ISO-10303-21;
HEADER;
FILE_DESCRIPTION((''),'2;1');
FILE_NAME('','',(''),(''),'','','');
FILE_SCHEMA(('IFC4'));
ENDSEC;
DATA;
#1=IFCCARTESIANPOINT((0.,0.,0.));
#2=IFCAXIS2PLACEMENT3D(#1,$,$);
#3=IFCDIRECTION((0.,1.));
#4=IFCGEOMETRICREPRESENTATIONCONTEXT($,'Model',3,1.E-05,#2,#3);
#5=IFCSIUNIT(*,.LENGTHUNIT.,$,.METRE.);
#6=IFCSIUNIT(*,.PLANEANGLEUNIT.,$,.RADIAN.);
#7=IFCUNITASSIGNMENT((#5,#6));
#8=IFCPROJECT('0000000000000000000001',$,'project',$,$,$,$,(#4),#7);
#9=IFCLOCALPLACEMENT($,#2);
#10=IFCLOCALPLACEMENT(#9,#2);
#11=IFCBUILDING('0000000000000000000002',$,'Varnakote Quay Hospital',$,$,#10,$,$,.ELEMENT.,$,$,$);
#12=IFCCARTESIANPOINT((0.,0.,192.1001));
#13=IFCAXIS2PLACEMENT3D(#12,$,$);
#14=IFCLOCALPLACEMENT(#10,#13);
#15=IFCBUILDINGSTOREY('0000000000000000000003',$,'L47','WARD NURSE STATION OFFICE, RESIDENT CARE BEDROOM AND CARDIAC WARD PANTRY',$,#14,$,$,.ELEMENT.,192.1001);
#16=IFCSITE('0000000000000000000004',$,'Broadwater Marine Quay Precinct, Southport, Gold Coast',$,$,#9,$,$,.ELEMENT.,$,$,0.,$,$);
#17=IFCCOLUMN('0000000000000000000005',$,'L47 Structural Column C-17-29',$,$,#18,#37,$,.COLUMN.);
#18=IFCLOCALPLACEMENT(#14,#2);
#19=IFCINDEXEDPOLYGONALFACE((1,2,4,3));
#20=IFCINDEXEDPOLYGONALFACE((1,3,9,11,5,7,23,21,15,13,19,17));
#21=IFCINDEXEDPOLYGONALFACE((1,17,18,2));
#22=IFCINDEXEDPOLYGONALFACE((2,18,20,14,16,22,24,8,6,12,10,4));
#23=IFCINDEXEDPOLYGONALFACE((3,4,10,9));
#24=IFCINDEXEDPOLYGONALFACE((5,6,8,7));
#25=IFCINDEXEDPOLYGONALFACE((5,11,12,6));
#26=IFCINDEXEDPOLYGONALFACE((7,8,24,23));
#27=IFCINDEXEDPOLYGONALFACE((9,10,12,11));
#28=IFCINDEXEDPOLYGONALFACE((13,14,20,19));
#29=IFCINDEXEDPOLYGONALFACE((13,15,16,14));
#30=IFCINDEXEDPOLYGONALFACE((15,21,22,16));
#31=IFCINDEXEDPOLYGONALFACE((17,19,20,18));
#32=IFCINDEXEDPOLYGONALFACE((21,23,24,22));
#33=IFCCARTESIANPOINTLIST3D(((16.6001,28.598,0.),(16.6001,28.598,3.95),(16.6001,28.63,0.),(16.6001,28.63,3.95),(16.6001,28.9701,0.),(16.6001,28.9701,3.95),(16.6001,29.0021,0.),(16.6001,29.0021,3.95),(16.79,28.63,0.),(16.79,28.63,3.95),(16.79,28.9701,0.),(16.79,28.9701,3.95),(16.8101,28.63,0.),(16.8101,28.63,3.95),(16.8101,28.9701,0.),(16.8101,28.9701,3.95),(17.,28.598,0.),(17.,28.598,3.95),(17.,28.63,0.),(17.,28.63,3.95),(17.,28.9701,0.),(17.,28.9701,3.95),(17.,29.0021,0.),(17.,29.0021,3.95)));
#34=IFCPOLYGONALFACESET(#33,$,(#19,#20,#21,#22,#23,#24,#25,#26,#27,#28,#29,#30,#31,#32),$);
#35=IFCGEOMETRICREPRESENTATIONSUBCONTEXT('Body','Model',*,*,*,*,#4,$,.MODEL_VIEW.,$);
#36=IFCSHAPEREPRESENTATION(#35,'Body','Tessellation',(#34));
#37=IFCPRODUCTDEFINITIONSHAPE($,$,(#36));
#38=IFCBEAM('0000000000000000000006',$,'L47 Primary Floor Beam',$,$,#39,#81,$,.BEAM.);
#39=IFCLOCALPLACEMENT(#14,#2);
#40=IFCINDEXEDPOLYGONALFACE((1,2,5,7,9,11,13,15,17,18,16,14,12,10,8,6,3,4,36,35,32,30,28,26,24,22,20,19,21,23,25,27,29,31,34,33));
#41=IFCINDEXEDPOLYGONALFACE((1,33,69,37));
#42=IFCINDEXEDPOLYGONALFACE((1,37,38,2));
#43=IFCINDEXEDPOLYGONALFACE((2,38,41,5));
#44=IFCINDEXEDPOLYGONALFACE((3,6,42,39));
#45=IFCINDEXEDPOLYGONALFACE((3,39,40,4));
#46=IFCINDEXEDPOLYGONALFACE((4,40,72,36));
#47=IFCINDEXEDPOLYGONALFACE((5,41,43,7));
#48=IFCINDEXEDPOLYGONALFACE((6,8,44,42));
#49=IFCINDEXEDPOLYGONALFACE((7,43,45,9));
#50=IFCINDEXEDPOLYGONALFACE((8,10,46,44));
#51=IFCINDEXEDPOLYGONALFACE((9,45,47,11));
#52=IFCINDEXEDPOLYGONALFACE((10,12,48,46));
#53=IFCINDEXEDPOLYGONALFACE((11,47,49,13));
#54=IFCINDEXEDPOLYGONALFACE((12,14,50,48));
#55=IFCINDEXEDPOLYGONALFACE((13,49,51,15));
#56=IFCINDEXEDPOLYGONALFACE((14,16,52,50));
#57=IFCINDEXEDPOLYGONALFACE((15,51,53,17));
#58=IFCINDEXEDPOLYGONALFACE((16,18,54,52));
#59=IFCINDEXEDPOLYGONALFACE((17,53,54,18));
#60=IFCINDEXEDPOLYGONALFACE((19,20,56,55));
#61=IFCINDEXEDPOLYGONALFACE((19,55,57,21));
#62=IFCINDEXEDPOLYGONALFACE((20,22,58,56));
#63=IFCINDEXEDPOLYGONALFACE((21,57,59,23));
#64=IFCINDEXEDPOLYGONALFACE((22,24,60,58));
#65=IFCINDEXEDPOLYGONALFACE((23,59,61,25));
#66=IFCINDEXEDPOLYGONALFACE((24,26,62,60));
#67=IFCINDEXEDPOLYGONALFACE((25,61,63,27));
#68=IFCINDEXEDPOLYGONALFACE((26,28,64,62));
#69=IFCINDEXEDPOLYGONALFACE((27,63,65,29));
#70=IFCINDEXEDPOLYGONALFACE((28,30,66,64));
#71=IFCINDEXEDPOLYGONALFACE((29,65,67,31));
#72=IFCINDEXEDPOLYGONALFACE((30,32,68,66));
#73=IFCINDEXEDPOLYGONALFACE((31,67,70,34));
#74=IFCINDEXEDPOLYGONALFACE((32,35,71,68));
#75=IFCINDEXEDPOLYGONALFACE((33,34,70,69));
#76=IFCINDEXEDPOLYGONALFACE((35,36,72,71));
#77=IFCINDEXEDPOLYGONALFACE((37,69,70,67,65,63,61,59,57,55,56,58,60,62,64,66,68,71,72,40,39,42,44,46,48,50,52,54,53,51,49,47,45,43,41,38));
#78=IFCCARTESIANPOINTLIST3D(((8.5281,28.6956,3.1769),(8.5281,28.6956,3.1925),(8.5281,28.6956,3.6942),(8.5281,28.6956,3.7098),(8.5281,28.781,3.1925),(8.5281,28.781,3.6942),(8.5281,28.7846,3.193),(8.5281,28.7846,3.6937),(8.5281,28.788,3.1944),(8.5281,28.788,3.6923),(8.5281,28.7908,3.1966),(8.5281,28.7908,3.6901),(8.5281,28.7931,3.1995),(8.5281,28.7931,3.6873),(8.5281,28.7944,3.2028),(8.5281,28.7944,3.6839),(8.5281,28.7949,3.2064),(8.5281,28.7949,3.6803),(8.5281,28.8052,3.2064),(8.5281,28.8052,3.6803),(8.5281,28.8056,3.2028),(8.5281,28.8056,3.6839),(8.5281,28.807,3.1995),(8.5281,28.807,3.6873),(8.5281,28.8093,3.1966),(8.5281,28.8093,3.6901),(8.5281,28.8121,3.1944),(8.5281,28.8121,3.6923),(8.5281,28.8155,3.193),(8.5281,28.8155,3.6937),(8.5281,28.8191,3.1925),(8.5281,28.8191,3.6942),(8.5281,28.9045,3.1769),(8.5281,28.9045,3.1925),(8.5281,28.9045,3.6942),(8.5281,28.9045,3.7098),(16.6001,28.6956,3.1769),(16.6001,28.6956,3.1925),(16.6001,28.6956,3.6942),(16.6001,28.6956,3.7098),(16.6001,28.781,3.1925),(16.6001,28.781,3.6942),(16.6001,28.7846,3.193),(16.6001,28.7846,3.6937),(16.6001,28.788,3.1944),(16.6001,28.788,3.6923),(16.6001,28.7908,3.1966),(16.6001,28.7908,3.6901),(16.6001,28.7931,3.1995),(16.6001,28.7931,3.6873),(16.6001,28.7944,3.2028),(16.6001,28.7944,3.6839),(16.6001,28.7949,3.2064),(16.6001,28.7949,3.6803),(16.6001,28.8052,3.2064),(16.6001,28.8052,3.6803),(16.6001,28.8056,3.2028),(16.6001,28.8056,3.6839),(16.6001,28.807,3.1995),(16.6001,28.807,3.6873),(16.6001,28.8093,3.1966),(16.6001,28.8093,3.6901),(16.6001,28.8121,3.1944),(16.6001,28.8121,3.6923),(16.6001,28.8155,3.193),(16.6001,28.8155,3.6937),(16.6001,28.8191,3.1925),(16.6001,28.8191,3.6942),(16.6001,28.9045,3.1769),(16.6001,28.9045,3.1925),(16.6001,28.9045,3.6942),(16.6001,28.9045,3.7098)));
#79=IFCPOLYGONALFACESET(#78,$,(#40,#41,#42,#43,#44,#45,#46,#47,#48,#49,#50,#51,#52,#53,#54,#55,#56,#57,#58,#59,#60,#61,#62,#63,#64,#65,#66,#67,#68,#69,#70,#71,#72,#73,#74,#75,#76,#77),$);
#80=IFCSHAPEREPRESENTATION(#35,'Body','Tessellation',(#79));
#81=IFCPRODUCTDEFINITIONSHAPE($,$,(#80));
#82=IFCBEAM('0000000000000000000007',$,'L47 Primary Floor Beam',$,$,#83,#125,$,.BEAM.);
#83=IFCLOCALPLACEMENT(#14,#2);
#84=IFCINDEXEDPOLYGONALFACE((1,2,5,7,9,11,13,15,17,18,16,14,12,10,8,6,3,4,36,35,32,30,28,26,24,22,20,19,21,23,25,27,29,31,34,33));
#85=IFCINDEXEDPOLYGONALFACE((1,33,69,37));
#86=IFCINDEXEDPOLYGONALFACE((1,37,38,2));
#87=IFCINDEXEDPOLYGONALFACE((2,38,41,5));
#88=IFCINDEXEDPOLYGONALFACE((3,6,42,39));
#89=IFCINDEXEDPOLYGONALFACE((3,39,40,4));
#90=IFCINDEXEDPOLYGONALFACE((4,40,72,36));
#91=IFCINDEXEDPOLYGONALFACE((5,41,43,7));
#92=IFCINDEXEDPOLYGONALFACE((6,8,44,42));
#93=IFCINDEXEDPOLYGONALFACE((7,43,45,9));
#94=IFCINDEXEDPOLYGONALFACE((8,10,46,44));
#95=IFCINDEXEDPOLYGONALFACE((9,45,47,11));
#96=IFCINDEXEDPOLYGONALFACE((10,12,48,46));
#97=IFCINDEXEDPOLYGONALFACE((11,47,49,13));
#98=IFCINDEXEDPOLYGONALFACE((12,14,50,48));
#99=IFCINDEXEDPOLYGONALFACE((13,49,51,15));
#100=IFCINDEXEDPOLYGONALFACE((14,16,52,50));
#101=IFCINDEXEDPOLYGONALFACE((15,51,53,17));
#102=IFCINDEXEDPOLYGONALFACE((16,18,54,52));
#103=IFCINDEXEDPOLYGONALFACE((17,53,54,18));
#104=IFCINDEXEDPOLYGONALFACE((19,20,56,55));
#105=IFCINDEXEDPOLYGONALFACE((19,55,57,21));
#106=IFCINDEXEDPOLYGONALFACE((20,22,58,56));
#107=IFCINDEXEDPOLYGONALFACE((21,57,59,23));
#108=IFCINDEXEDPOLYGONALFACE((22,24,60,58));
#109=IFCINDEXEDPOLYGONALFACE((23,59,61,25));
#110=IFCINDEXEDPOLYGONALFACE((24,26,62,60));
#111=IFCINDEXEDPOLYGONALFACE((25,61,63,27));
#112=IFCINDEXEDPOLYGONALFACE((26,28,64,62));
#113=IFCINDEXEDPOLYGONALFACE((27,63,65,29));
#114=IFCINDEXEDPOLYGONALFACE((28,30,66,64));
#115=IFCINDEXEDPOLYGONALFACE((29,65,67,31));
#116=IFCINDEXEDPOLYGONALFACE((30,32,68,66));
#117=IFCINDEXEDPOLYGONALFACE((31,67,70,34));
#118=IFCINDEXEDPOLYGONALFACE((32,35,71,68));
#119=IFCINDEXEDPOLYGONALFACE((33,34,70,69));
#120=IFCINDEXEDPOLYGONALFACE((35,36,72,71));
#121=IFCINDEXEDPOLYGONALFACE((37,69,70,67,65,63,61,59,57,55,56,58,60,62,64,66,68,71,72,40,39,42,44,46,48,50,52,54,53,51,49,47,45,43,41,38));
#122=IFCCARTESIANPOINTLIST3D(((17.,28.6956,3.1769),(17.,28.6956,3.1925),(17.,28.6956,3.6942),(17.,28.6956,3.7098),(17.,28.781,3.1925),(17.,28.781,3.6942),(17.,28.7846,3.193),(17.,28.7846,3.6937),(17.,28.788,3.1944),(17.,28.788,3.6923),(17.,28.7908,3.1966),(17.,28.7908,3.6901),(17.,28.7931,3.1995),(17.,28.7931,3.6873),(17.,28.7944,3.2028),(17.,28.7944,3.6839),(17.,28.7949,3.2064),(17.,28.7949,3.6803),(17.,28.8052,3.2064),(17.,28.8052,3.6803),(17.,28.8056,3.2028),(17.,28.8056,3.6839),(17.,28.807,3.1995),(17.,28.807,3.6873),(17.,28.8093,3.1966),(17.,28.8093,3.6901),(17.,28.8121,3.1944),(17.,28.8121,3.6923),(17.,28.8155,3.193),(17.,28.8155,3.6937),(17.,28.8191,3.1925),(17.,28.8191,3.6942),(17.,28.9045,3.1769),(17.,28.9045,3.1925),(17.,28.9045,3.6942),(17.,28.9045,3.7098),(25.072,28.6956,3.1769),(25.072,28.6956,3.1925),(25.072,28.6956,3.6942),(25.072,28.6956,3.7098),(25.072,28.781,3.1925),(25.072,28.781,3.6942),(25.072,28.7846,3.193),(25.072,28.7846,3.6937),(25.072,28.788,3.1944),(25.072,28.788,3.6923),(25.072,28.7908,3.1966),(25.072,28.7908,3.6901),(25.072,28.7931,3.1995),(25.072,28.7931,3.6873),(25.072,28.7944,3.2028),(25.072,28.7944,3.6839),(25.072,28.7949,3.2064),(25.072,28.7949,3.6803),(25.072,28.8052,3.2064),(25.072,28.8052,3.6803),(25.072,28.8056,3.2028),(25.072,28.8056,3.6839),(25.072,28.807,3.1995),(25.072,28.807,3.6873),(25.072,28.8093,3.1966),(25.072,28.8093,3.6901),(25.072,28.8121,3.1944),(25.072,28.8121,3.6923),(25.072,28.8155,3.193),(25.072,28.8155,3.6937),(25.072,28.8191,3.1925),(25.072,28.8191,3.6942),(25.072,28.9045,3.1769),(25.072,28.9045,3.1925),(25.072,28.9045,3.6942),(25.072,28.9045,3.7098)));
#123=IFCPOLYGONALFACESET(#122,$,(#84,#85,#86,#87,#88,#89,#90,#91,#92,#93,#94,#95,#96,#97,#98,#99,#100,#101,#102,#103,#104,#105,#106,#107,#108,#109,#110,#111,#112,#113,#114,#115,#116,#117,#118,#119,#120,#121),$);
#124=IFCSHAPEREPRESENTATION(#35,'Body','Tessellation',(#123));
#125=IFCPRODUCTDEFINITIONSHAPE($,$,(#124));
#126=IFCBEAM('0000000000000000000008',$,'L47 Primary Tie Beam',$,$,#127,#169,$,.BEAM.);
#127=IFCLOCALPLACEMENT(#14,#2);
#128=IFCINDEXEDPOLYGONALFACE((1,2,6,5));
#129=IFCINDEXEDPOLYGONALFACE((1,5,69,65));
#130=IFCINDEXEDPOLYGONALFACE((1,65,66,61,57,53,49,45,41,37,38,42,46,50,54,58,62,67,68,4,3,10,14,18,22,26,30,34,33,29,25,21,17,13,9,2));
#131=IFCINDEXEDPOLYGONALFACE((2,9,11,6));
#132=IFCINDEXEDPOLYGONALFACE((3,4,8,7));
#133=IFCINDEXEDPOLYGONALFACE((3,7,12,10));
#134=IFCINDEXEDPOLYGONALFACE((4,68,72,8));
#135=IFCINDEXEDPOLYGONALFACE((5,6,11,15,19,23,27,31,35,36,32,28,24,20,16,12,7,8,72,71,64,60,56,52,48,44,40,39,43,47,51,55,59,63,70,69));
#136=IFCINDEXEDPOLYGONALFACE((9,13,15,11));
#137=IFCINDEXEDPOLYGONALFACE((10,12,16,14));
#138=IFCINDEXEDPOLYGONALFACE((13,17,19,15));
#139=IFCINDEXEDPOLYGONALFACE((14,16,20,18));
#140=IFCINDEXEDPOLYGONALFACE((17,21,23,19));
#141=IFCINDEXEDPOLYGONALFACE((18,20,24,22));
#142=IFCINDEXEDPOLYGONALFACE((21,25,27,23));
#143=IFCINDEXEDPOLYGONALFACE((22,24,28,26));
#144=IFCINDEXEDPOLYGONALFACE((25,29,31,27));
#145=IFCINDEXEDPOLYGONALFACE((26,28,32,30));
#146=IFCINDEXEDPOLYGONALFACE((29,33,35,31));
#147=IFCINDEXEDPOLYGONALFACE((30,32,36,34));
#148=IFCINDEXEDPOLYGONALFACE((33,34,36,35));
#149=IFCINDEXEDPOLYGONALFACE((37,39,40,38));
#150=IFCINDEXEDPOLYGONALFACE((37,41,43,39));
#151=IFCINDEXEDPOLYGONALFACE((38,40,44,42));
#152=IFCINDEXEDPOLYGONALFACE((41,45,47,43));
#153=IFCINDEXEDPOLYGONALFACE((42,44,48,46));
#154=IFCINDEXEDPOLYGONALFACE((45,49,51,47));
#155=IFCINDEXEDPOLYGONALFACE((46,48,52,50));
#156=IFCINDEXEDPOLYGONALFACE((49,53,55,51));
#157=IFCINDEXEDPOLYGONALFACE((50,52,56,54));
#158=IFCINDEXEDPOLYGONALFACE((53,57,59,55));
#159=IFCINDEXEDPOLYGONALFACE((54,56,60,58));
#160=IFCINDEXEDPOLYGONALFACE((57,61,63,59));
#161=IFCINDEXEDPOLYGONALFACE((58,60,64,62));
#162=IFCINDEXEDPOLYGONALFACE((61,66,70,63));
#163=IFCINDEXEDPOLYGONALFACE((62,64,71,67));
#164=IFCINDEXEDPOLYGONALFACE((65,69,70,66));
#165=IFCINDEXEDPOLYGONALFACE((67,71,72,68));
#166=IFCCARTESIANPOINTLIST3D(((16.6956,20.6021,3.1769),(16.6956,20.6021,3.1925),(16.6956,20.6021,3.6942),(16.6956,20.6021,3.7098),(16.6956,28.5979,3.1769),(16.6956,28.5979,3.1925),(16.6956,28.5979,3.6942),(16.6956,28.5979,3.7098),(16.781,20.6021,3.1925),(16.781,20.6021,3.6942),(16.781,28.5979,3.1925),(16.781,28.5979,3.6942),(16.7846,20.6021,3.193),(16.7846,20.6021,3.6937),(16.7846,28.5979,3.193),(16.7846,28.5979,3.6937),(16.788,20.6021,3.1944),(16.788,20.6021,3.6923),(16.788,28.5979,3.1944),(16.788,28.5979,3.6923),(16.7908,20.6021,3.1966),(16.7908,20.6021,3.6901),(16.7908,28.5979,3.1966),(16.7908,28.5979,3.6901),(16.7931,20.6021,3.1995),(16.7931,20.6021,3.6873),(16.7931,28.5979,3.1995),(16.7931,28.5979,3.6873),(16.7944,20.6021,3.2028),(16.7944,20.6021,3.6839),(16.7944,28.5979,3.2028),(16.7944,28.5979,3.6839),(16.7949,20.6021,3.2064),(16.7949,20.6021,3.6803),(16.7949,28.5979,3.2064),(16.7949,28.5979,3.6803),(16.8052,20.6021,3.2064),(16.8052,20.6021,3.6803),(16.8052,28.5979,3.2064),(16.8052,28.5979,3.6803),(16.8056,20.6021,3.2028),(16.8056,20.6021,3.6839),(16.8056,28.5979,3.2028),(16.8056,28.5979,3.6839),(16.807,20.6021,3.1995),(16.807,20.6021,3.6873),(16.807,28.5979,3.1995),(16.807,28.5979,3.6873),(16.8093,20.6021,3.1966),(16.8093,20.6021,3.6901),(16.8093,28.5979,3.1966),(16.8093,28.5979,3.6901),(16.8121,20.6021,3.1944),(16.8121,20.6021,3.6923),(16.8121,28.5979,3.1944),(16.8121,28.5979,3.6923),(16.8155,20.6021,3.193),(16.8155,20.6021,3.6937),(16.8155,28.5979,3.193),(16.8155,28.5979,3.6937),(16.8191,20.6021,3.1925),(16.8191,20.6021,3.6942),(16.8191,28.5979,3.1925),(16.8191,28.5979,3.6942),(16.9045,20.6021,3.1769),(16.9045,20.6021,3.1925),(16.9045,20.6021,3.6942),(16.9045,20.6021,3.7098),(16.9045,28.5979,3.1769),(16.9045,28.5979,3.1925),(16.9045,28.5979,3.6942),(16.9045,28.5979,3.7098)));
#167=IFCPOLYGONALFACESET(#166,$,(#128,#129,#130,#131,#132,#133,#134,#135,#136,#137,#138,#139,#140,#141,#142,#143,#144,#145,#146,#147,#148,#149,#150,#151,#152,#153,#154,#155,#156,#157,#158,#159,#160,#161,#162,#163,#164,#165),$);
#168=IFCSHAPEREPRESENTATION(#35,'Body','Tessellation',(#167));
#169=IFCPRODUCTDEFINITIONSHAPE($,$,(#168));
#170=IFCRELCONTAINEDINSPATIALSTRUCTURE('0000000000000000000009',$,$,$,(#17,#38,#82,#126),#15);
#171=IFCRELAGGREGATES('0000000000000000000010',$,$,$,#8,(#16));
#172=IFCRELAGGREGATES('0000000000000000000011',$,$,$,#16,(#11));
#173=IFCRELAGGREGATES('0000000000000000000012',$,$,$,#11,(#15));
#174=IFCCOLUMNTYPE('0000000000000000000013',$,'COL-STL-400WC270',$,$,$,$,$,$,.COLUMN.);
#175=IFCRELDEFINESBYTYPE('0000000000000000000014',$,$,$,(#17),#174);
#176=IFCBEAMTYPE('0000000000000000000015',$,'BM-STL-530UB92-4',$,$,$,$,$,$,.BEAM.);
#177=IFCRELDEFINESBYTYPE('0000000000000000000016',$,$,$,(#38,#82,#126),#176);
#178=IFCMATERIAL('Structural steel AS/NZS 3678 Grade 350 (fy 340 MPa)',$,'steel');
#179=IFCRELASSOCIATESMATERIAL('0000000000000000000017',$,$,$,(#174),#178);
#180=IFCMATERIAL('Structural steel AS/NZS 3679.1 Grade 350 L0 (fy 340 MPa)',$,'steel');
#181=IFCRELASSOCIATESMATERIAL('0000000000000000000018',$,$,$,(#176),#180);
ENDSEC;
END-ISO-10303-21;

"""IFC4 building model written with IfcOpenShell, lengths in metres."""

from ifc_helpers import new_model, si_unit, direction, frame, origin, origin_2d, place, context, subcontext, project, spatial, i_section, extrude, material, material_profile, profile_set, type_object, element, save


model = new_model("IFC4")

# Units and contexts
model_context = context("Model", 3, precision=1e-05, world=origin(), true_north=direction((0.0, 1.0)))
body_context = subcontext(model_context, "Body", "Model", "MODEL_VIEW")
ifc_project = project(units=[si_unit("LENGTHUNIT", "METRE"), si_unit("PLANEANGLEUNIT", "RADIAN")], contexts=[model_context])

# Site, building, storey
site_placement = place(None, origin())
site = spatial("IfcSite", under=ifc_project, at=site_placement, Name="Broadwater Marine Quay Precinct, Southport, Gold Coast", CompositionType="ELEMENT", RefElevation=0.0)
building_placement = place(site_placement, origin())
building = spatial("IfcBuilding", under=site, at=building_placement, Name="Varnakote Quay Hospital", CompositionType="ELEMENT")
storey_placement = place(building_placement, frame((0.0, 0.0, 192.1001)))
storey = spatial("IfcBuildingStorey", under=building, at=storey_placement, Name="L47", Description="WARD NURSE STATION OFFICE, RESIDENT CARE BEDROOM AND CARDIAC WARD PANTRY", CompositionType="ELEMENT", Elevation=192.1001)

# Column
ifc_material_1 = material(Name="Structural steel AS/NZS 3678 Grade 350 (fy 340 MPa)", Category="steel")
ifc_material_profile_1 = material_profile(ifc_material_1, i_section(OverallWidth=0.3999, OverallDepth=0.4041, WebThickness=0.02, FlangeThickness=0.032, at=origin_2d()), Name="400WC270")
ifc_profile_set_1 = profile_set([ifc_material_profile_1], Name="Structural steel AS/NZS 3678 Grade 350 (fy 340 MPa)")
column_type = type_object("IfcColumnType", Name="COL-STL-400WC270", PredefinedType="COLUMN", material=ifc_profile_set_1)
column_placement = place(storey_placement, frame((16.8, 28.8, 0.0), z_axis=(0.0, 0.0, 1.0), x_axis=(1.0, 0.0, 0.0)))
element("IfcColumn", 1, at=column_placement, inside=storey, type_object=column_type, Name="L47 Structural Column C-17-29", PredefinedType="COLUMN", context=body_context, shape_type="SweptSolid", body=[
    extrude(i_section(OverallWidth=0.3999, OverallDepth=0.4041, WebThickness=0.02, FlangeThickness=0.032, at=origin_2d()), origin(), (0.0, 0.0, 1.0), 3.95),
])

# Beams
ifc_material_2 = material(Name="Structural steel AS/NZS 3679.1 Grade 350 L0 (fy 340 MPa)", Category="steel")
ifc_material_profile_2 = material_profile(ifc_material_2, i_section(OverallWidth=0.209, OverallDepth=0.533, WebThickness=0.0103, FlangeThickness=0.0156, FilletRadius=0.0139, at=origin_2d()), Name="530UB92.4")
ifc_profile_set_2 = profile_set([ifc_material_profile_2], Name="Structural steel AS/NZS 3679.1 Grade 350 L0 (fy 340 MPa)")
beam_type_1 = type_object("IfcBeamType", Name="BM-STL-530UB92-4", PredefinedType="BEAM", material=ifc_profile_set_2)
for number, where, z_axis, x_axis, name in (
    (2, (8.5281, 28.8, 3.4434), (1.0, 0.0, 0.0), (0.0, 1.0, 0.0), "L47 Primary Floor Beam"),
    (3, (17.0, 28.8, 3.4434), (1.0, 0.0, 0.0), (0.0, 1.0, 0.0), "L47 Primary Floor Beam"),
):
    element("IfcBeam", number, at=place(storey_placement, frame(where, z_axis=z_axis, x_axis=x_axis)), inside=storey, type_object=beam_type_1, Name=name, PredefinedType="BEAM", context=body_context, shape_type="SweptSolid", body=[
        extrude(i_section(OverallWidth=0.209, OverallDepth=0.533, WebThickness=0.0103, FlangeThickness=0.0156, FilletRadius=0.0139, at=origin_2d()), origin(), (0.0, 0.0, 1.0), 8.072),
    ])
beam_1_placement = place(storey_placement, frame((16.8, 20.6021, 3.4434), z_axis=(0.0, 1.0, 0.0), x_axis=(-1.0, 0.0, 0.0)))
element("IfcBeam", 4, at=beam_1_placement, inside=storey, type_object=beam_type_1, Name="L47 Primary Tie Beam", PredefinedType="BEAM", context=body_context, shape_type="SweptSolid", body=[
    extrude(i_section(OverallWidth=0.209, OverallDepth=0.533, WebThickness=0.0103, FlangeThickness=0.0156, FilletRadius=0.0139, at=origin_2d()), origin(), (0.0, 0.0, 1.0), 7.9958),
])

save(model, "model.ifc")
